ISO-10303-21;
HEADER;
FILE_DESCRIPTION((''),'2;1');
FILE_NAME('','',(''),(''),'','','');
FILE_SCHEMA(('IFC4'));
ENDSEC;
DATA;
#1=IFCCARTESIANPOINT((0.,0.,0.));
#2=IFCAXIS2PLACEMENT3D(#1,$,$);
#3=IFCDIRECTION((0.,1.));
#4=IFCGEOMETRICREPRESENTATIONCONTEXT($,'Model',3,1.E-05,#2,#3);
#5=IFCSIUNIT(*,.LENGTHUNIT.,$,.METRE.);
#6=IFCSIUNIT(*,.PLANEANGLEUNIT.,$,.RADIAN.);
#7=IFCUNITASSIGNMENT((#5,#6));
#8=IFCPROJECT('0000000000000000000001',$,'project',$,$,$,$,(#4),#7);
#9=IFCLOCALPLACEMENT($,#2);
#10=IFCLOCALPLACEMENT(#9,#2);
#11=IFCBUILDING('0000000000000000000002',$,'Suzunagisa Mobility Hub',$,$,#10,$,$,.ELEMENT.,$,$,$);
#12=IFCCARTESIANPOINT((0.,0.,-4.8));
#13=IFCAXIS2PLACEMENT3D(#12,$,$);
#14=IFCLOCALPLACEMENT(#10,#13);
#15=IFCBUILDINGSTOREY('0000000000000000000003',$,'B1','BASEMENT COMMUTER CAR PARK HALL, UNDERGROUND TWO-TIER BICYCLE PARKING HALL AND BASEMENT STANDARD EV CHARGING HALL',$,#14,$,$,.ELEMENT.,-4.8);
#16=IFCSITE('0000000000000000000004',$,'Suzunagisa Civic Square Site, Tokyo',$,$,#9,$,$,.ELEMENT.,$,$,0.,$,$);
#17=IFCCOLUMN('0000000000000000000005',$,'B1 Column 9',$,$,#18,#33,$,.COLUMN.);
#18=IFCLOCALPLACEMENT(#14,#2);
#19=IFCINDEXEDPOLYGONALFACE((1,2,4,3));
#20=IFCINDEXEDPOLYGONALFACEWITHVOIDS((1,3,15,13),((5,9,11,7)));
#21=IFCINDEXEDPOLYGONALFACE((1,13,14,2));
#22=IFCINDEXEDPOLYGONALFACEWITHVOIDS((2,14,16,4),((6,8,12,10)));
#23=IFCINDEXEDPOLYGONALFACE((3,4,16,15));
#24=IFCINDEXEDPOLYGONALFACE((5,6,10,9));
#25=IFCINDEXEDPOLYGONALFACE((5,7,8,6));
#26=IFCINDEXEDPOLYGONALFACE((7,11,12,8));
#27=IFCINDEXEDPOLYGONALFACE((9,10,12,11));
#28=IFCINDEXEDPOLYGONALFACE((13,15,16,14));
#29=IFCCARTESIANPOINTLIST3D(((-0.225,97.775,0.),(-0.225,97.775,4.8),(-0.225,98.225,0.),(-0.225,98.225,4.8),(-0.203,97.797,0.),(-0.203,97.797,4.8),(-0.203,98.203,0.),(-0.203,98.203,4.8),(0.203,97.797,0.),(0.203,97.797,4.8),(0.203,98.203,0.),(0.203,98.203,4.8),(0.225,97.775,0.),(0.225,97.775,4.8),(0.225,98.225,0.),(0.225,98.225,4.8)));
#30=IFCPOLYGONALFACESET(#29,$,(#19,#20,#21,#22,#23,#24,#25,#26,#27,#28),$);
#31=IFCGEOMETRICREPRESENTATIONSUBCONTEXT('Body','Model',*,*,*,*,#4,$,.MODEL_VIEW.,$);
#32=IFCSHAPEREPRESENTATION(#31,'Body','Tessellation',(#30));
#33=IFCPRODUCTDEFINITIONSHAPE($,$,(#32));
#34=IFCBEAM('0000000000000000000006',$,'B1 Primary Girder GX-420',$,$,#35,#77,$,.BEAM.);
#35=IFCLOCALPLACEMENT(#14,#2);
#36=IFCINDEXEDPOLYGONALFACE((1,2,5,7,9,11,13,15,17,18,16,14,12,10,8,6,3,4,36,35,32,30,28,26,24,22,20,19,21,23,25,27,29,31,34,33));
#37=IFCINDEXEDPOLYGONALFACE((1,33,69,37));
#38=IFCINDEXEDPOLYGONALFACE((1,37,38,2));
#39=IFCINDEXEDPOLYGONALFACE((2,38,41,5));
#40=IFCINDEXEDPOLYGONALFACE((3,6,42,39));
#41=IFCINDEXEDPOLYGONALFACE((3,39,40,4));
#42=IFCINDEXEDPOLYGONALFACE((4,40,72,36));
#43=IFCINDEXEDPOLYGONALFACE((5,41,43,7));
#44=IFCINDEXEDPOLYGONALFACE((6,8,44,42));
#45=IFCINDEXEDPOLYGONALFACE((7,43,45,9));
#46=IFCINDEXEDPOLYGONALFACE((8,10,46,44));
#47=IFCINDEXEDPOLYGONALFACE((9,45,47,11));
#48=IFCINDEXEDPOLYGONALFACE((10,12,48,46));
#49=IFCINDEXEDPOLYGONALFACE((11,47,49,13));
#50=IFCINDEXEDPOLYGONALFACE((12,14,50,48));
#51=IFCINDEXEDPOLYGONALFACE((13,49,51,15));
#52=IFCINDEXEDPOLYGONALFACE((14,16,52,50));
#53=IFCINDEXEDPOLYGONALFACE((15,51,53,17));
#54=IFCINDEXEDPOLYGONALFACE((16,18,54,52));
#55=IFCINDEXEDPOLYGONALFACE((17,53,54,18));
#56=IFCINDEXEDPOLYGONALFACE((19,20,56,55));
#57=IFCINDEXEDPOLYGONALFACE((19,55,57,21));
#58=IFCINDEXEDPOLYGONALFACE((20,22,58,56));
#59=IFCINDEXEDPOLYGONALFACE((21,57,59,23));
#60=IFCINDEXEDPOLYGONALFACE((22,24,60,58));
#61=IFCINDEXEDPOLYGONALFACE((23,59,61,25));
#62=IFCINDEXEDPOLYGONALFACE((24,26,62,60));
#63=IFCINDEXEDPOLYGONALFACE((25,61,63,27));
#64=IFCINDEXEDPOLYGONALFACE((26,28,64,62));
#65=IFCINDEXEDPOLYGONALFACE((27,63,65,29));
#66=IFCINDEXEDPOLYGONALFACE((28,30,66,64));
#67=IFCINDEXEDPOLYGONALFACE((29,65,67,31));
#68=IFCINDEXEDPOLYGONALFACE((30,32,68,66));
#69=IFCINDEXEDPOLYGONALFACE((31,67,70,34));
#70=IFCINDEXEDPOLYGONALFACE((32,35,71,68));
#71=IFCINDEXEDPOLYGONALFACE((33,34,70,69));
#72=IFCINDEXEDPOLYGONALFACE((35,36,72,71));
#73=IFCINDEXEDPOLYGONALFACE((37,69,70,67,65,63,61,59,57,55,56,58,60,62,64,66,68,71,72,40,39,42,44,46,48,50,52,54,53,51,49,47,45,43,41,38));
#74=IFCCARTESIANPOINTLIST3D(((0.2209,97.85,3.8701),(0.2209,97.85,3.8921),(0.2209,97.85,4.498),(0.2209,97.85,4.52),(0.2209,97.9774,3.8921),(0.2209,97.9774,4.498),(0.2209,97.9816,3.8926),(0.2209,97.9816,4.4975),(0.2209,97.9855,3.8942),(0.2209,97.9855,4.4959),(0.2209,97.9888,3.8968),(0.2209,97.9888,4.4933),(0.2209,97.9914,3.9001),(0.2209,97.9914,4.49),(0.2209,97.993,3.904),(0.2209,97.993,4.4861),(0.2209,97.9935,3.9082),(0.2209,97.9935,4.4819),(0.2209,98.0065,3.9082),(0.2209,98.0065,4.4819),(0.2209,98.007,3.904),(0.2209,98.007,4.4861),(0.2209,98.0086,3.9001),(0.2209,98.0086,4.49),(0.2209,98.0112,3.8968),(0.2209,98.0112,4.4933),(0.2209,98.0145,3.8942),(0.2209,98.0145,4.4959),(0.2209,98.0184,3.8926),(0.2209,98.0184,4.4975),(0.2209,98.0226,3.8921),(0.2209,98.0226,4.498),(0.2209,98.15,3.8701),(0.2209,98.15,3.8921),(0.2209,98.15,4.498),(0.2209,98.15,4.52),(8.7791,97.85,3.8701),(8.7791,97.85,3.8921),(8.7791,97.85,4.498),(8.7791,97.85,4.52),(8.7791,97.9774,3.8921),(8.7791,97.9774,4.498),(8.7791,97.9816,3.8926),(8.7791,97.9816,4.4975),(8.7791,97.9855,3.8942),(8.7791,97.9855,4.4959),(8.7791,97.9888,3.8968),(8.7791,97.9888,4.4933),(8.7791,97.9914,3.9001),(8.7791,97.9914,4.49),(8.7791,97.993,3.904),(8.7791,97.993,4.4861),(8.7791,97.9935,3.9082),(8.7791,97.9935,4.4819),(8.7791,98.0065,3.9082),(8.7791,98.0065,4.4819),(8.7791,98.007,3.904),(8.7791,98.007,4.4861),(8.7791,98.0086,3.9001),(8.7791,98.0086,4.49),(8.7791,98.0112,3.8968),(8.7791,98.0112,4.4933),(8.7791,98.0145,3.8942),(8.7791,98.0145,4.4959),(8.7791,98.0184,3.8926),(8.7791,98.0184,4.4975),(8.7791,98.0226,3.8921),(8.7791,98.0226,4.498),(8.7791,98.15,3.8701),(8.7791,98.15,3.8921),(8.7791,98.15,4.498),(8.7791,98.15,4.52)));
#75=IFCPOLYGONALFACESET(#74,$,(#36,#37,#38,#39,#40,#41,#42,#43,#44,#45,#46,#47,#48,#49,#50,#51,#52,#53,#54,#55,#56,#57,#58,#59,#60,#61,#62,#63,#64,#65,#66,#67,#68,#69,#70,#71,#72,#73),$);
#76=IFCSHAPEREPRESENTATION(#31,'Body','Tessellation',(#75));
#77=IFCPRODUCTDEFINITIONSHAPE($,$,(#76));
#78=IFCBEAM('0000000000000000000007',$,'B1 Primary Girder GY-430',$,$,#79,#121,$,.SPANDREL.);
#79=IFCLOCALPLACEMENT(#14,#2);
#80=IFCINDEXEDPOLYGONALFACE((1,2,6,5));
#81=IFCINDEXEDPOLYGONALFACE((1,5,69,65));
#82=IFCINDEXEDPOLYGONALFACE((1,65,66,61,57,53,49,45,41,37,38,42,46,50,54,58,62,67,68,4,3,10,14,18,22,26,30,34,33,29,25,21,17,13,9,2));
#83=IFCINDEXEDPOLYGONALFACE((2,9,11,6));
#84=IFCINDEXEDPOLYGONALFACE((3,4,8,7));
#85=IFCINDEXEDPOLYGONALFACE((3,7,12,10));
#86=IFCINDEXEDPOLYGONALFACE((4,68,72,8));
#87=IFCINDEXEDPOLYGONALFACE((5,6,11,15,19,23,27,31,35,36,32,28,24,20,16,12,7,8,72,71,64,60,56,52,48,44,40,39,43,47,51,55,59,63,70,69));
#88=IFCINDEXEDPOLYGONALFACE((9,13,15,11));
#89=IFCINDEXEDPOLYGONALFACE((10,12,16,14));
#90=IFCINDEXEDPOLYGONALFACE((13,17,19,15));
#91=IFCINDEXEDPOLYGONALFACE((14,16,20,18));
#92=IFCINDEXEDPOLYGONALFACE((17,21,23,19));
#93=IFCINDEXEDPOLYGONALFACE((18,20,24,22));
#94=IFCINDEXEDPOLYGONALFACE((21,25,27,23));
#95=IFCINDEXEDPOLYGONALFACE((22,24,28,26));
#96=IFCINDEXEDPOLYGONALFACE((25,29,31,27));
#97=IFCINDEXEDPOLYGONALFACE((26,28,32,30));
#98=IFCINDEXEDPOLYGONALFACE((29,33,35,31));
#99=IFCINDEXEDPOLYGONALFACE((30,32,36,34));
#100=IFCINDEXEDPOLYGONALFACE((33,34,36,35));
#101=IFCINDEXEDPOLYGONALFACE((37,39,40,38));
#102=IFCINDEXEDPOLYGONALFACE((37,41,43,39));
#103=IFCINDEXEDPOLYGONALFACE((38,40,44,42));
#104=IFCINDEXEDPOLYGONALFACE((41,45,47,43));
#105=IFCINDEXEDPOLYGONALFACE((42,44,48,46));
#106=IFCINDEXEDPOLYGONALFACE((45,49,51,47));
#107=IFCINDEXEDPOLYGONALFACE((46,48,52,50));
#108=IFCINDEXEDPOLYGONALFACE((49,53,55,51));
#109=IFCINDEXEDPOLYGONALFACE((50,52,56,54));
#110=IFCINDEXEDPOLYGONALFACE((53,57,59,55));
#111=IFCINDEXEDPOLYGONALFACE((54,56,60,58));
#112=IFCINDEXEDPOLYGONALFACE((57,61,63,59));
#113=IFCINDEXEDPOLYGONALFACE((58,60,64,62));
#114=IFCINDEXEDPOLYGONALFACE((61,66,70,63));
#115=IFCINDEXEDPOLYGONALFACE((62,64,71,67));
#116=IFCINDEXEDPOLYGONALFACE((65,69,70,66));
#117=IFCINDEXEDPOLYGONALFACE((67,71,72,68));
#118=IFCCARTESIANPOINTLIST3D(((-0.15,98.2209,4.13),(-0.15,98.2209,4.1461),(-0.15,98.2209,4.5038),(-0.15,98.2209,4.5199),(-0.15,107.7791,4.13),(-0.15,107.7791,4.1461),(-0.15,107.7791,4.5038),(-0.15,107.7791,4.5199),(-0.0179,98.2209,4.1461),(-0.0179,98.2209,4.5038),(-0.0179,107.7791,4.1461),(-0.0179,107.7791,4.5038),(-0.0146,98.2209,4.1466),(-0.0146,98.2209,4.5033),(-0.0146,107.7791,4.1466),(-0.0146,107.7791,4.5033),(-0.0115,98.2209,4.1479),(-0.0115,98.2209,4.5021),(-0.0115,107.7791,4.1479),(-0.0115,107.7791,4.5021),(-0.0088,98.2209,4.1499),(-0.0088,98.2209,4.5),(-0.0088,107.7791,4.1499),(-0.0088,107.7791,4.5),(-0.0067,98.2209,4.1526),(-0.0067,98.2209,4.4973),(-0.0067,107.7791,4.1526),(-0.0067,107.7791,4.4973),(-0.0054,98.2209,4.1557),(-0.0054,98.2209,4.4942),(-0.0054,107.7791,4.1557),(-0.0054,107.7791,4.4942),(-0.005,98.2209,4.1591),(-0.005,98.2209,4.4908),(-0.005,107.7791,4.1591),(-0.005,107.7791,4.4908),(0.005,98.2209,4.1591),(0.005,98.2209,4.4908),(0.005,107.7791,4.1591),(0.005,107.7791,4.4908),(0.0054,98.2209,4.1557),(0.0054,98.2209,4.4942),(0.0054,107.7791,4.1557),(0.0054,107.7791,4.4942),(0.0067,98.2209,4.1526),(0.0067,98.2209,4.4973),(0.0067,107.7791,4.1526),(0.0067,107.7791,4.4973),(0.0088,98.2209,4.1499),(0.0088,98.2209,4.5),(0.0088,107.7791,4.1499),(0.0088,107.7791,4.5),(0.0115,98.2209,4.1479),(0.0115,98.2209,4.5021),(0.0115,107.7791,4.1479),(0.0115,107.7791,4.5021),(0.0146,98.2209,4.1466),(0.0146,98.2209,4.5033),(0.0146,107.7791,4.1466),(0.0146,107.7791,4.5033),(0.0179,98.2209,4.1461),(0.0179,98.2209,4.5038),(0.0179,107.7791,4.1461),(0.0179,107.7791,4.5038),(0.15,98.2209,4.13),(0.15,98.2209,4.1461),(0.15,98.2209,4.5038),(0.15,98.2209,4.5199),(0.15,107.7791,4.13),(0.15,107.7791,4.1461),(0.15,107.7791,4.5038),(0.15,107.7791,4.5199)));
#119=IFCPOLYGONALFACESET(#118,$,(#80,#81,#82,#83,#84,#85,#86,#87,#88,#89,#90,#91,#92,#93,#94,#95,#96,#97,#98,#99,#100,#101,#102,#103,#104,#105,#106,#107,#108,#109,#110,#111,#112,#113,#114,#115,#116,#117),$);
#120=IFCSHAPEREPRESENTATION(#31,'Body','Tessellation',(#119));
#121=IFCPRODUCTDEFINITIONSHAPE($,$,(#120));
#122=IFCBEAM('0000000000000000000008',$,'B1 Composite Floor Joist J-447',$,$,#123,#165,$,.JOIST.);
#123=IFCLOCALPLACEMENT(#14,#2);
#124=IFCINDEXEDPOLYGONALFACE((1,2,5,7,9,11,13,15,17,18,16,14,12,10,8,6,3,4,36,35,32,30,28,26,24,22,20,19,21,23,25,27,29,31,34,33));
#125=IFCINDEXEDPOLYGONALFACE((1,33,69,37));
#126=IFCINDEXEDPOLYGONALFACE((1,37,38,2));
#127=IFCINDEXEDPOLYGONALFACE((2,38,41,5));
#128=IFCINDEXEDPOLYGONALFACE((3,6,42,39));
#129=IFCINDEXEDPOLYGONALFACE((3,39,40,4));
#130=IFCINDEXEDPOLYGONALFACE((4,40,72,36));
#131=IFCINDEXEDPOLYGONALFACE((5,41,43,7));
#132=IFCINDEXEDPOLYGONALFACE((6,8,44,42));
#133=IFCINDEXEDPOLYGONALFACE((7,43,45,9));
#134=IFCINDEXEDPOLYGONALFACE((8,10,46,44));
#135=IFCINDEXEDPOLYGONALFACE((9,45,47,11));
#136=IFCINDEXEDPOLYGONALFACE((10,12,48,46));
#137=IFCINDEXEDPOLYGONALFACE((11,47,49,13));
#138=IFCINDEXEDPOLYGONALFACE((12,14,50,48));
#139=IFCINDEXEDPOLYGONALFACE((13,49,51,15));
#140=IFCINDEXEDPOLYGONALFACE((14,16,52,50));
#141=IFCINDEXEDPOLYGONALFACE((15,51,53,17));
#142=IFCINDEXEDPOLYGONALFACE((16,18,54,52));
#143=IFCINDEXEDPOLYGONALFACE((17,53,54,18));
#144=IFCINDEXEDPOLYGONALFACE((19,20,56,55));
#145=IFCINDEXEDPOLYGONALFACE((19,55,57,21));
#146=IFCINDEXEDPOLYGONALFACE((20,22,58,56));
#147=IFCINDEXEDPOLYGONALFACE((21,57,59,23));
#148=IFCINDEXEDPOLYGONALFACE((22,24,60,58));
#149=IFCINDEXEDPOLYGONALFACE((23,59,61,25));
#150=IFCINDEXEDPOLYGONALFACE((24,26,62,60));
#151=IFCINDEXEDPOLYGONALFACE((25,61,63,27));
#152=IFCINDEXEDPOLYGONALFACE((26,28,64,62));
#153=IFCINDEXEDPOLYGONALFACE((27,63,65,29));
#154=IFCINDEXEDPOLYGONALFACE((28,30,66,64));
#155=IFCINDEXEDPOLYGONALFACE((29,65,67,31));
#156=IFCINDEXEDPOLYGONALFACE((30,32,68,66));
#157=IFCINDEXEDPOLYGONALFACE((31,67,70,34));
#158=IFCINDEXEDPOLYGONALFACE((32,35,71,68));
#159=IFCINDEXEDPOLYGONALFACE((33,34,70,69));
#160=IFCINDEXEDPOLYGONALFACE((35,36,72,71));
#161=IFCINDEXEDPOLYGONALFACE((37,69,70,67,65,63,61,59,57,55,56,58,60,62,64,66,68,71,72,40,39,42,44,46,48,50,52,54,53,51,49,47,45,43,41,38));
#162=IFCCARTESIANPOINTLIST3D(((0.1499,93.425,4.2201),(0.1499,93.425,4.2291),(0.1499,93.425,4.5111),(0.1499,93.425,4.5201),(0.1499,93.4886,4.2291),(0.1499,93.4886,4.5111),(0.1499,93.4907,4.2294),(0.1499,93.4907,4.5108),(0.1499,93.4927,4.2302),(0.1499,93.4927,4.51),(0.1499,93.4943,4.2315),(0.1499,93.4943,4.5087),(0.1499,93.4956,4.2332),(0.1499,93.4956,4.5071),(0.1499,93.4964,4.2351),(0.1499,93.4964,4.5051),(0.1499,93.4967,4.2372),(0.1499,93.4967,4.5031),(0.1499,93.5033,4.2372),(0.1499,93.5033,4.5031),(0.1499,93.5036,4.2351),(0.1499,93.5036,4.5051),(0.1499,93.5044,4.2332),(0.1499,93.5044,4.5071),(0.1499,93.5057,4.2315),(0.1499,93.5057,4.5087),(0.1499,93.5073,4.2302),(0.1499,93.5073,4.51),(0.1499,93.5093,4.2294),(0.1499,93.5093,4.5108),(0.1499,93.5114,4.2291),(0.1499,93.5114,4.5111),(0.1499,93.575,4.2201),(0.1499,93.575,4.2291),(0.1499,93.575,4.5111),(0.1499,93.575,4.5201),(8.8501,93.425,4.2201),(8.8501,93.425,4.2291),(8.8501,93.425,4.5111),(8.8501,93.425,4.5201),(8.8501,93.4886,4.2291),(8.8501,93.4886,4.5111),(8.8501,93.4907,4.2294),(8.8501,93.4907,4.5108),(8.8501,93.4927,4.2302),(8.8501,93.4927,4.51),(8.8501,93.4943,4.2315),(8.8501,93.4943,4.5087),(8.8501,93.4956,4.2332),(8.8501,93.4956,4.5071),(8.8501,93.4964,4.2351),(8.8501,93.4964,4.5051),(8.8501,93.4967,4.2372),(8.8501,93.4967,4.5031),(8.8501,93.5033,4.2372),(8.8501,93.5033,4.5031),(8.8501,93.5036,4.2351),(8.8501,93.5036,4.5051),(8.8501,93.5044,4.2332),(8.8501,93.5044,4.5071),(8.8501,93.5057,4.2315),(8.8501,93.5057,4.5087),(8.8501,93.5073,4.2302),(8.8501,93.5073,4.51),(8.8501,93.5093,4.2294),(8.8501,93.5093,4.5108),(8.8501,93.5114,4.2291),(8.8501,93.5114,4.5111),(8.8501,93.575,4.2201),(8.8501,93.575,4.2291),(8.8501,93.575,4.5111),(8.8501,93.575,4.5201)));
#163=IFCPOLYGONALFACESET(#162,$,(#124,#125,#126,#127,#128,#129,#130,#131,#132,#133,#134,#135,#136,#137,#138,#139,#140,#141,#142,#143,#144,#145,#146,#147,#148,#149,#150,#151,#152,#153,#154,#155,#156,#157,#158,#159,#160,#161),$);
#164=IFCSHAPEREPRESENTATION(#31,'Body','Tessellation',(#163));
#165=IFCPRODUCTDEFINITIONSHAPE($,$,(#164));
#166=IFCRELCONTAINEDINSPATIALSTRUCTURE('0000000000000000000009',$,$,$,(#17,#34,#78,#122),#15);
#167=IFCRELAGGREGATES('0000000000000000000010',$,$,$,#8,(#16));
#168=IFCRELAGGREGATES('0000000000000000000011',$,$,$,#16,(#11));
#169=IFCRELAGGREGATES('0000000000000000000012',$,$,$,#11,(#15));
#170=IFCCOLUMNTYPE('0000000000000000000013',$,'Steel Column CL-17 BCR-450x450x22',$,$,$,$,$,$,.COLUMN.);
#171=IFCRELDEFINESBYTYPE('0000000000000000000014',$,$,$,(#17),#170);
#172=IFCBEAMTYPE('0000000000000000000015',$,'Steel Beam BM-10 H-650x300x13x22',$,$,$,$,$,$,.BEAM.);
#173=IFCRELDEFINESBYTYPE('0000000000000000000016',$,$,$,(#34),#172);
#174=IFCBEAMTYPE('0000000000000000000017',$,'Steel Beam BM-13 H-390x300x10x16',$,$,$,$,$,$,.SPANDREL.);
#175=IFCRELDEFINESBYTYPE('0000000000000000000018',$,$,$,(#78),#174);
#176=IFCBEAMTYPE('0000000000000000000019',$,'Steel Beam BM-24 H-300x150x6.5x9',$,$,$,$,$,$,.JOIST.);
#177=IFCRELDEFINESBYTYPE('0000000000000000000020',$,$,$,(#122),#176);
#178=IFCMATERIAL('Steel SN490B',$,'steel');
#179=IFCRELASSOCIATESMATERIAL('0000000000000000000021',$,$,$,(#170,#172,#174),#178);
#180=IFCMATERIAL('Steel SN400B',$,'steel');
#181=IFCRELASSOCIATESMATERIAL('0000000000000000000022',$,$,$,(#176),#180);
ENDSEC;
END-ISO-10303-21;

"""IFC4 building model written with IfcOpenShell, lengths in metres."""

from ifc_helpers import new_model, si_unit, direction, frame, origin, origin_2d, place, context, subcontext, project, spatial, hollow_rectangle, i_section, extrude, material, material_profile, profile_set, type_object, element, save


model = new_model("IFC4")

# Units and contexts
model_context = context("Model", 3, precision=1e-05, world=origin(), true_north=direction((0.0, 1.0)))
body_context = subcontext(model_context, "Body", "Model", "MODEL_VIEW")
ifc_project = project(units=[si_unit("LENGTHUNIT", "METRE"), si_unit("PLANEANGLEUNIT", "RADIAN")], contexts=[model_context])

# Site, building, storey
site_placement = place(None, origin())
site = spatial("IfcSite", under=ifc_project, at=site_placement, Name="Suzunagisa Civic Square Site, Tokyo", CompositionType="ELEMENT", RefElevation=0.0)
building_placement = place(site_placement, origin())
building = spatial("IfcBuilding", under=site, at=building_placement, Name="Suzunagisa Mobility Hub", CompositionType="ELEMENT")
storey_placement = place(building_placement, frame((0.0, 0.0, -4.8)))
storey = spatial("IfcBuildingStorey", under=building, at=storey_placement, Name="B1", Description="BASEMENT COMMUTER CAR PARK HALL, UNDERGROUND TWO-TIER BICYCLE PARKING HALL AND BASEMENT STANDARD EV CHARGING HALL", CompositionType="ELEMENT", Elevation=-4.8)

# Column
ifc_material_1 = material(Name="Steel SN490B", Category="steel")
ifc_material_profile_1 = material_profile(ifc_material_1, hollow_rectangle(XDim=0.45, YDim=0.45, WallThickness=0.022, at=origin_2d()), Name="BCR-450x450x22")
ifc_profile_set_1 = profile_set([ifc_material_profile_1], Name="Steel SN490B")
column_type = type_object("IfcColumnType", Name="Steel Column CL-17 BCR-450x450x22", PredefinedType="COLUMN", material=ifc_profile_set_1)
column_placement = place(storey_placement, frame((0.0, 98.0, 0.0), z_axis=(0.0, 0.0, 1.0), x_axis=(1.0, 0.0, 0.0)))
element("IfcColumn", 1, at=column_placement, inside=storey, type_object=column_type, Name="B1 Column 9", PredefinedType="COLUMN", context=body_context, shape_type="SweptSolid", body=[
    extrude(hollow_rectangle(XDim=0.45, YDim=0.45, WallThickness=0.022, at=origin_2d()), origin(), (0.0, 0.0, 1.0), 4.8),
])

# Beams
ifc_material_profile_2 = material_profile(ifc_material_1, i_section(OverallWidth=0.3, OverallDepth=0.6499, WebThickness=0.0129, FlangeThickness=0.022, FilletRadius=0.0161, at=origin_2d()), Name="H-650x300x13x22")
ifc_profile_set_2 = profile_set([ifc_material_profile_2], Name="Steel SN490B")
beam_type_1 = type_object("IfcBeamType", Name="Steel Beam BM-10 H-650x300x13x22", PredefinedType="BEAM", material=ifc_profile_set_2)
beam_1_placement = place(storey_placement, frame((0.2209, 98.0, 4.1951), z_axis=(1.0, 0.0, 0.0), x_axis=(0.0, 1.0, 0.0)))
element("IfcBeam", 2, at=beam_1_placement, inside=storey, type_object=beam_type_1, Name="B1 Primary Girder GX-420", PredefinedType="BEAM", context=body_context, shape_type="SweptSolid", body=[
    extrude(i_section(OverallWidth=0.3, OverallDepth=0.6499, WebThickness=0.0129, FlangeThickness=0.022, FilletRadius=0.0161, at=origin_2d()), origin(), (0.0, 0.0, 1.0), 8.5581),
])
ifc_material_profile_3 = material_profile(ifc_material_1, i_section(OverallWidth=0.3, OverallDepth=0.3899, WebThickness=0.01, FlangeThickness=0.0161, FilletRadius=0.0129, at=origin_2d()), Name="H-390x300x10x16")
ifc_profile_set_3 = profile_set([ifc_material_profile_3], Name="Steel SN490B")
beam_type_2 = type_object("IfcBeamType", Name="Steel Beam BM-13 H-390x300x10x16", PredefinedType="SPANDREL", material=ifc_profile_set_3)
beam_2_placement = place(storey_placement, frame((0.0, 98.2209, 4.325), z_axis=(0.0, 1.0, 0.0), x_axis=(-1.0, 0.0, 0.0)))
element("IfcBeam", 3, at=beam_2_placement, inside=storey, type_object=beam_type_2, Name="B1 Primary Girder GY-430", PredefinedType="SPANDREL", context=body_context, shape_type="SweptSolid", body=[
    extrude(i_section(OverallWidth=0.3, OverallDepth=0.3899, WebThickness=0.01, FlangeThickness=0.0161, FilletRadius=0.0129, at=origin_2d()), origin(), (0.0, 0.0, 1.0), 9.5581),
])
ifc_material_2 = material(Name="Steel SN400B", Category="steel")
ifc_material_profile_4 = material_profile(ifc_material_2, i_section(OverallWidth=0.1499, OverallDepth=0.3, WebThickness=0.0066, FlangeThickness=0.009, FilletRadius=0.0081, at=origin_2d()), Name="H-300x150x6.5x9")
ifc_profile_set_4 = profile_set([ifc_material_profile_4], Name="Steel SN400B")
beam_type_3 = type_object("IfcBeamType", Name="Steel Beam BM-24 H-300x150x6.5x9", PredefinedType="JOIST", material=ifc_profile_set_4)
for number, where, z_axis, x_axis, name in (
    (4, (0.1499, 93.5, 4.3701), (1.0, 0.0, 0.0), (0.0, 1.0, 0.0), "B1 Composite Floor Joist J-447"),
):
    element("IfcBeam", number, at=place(storey_placement, frame(where, z_axis=z_axis, x_axis=x_axis)), inside=storey, type_object=beam_type_3, Name=name, PredefinedType="JOIST", context=body_context, shape_type="SweptSolid", body=[
        extrude(i_section(OverallWidth=0.1499, OverallDepth=0.3, WebThickness=0.0066, FlangeThickness=0.009, FilletRadius=0.0081, at=origin_2d()), origin(), (0.0, 0.0, 1.0), 8.7002),
    ])

save(model, "model.ifc")
